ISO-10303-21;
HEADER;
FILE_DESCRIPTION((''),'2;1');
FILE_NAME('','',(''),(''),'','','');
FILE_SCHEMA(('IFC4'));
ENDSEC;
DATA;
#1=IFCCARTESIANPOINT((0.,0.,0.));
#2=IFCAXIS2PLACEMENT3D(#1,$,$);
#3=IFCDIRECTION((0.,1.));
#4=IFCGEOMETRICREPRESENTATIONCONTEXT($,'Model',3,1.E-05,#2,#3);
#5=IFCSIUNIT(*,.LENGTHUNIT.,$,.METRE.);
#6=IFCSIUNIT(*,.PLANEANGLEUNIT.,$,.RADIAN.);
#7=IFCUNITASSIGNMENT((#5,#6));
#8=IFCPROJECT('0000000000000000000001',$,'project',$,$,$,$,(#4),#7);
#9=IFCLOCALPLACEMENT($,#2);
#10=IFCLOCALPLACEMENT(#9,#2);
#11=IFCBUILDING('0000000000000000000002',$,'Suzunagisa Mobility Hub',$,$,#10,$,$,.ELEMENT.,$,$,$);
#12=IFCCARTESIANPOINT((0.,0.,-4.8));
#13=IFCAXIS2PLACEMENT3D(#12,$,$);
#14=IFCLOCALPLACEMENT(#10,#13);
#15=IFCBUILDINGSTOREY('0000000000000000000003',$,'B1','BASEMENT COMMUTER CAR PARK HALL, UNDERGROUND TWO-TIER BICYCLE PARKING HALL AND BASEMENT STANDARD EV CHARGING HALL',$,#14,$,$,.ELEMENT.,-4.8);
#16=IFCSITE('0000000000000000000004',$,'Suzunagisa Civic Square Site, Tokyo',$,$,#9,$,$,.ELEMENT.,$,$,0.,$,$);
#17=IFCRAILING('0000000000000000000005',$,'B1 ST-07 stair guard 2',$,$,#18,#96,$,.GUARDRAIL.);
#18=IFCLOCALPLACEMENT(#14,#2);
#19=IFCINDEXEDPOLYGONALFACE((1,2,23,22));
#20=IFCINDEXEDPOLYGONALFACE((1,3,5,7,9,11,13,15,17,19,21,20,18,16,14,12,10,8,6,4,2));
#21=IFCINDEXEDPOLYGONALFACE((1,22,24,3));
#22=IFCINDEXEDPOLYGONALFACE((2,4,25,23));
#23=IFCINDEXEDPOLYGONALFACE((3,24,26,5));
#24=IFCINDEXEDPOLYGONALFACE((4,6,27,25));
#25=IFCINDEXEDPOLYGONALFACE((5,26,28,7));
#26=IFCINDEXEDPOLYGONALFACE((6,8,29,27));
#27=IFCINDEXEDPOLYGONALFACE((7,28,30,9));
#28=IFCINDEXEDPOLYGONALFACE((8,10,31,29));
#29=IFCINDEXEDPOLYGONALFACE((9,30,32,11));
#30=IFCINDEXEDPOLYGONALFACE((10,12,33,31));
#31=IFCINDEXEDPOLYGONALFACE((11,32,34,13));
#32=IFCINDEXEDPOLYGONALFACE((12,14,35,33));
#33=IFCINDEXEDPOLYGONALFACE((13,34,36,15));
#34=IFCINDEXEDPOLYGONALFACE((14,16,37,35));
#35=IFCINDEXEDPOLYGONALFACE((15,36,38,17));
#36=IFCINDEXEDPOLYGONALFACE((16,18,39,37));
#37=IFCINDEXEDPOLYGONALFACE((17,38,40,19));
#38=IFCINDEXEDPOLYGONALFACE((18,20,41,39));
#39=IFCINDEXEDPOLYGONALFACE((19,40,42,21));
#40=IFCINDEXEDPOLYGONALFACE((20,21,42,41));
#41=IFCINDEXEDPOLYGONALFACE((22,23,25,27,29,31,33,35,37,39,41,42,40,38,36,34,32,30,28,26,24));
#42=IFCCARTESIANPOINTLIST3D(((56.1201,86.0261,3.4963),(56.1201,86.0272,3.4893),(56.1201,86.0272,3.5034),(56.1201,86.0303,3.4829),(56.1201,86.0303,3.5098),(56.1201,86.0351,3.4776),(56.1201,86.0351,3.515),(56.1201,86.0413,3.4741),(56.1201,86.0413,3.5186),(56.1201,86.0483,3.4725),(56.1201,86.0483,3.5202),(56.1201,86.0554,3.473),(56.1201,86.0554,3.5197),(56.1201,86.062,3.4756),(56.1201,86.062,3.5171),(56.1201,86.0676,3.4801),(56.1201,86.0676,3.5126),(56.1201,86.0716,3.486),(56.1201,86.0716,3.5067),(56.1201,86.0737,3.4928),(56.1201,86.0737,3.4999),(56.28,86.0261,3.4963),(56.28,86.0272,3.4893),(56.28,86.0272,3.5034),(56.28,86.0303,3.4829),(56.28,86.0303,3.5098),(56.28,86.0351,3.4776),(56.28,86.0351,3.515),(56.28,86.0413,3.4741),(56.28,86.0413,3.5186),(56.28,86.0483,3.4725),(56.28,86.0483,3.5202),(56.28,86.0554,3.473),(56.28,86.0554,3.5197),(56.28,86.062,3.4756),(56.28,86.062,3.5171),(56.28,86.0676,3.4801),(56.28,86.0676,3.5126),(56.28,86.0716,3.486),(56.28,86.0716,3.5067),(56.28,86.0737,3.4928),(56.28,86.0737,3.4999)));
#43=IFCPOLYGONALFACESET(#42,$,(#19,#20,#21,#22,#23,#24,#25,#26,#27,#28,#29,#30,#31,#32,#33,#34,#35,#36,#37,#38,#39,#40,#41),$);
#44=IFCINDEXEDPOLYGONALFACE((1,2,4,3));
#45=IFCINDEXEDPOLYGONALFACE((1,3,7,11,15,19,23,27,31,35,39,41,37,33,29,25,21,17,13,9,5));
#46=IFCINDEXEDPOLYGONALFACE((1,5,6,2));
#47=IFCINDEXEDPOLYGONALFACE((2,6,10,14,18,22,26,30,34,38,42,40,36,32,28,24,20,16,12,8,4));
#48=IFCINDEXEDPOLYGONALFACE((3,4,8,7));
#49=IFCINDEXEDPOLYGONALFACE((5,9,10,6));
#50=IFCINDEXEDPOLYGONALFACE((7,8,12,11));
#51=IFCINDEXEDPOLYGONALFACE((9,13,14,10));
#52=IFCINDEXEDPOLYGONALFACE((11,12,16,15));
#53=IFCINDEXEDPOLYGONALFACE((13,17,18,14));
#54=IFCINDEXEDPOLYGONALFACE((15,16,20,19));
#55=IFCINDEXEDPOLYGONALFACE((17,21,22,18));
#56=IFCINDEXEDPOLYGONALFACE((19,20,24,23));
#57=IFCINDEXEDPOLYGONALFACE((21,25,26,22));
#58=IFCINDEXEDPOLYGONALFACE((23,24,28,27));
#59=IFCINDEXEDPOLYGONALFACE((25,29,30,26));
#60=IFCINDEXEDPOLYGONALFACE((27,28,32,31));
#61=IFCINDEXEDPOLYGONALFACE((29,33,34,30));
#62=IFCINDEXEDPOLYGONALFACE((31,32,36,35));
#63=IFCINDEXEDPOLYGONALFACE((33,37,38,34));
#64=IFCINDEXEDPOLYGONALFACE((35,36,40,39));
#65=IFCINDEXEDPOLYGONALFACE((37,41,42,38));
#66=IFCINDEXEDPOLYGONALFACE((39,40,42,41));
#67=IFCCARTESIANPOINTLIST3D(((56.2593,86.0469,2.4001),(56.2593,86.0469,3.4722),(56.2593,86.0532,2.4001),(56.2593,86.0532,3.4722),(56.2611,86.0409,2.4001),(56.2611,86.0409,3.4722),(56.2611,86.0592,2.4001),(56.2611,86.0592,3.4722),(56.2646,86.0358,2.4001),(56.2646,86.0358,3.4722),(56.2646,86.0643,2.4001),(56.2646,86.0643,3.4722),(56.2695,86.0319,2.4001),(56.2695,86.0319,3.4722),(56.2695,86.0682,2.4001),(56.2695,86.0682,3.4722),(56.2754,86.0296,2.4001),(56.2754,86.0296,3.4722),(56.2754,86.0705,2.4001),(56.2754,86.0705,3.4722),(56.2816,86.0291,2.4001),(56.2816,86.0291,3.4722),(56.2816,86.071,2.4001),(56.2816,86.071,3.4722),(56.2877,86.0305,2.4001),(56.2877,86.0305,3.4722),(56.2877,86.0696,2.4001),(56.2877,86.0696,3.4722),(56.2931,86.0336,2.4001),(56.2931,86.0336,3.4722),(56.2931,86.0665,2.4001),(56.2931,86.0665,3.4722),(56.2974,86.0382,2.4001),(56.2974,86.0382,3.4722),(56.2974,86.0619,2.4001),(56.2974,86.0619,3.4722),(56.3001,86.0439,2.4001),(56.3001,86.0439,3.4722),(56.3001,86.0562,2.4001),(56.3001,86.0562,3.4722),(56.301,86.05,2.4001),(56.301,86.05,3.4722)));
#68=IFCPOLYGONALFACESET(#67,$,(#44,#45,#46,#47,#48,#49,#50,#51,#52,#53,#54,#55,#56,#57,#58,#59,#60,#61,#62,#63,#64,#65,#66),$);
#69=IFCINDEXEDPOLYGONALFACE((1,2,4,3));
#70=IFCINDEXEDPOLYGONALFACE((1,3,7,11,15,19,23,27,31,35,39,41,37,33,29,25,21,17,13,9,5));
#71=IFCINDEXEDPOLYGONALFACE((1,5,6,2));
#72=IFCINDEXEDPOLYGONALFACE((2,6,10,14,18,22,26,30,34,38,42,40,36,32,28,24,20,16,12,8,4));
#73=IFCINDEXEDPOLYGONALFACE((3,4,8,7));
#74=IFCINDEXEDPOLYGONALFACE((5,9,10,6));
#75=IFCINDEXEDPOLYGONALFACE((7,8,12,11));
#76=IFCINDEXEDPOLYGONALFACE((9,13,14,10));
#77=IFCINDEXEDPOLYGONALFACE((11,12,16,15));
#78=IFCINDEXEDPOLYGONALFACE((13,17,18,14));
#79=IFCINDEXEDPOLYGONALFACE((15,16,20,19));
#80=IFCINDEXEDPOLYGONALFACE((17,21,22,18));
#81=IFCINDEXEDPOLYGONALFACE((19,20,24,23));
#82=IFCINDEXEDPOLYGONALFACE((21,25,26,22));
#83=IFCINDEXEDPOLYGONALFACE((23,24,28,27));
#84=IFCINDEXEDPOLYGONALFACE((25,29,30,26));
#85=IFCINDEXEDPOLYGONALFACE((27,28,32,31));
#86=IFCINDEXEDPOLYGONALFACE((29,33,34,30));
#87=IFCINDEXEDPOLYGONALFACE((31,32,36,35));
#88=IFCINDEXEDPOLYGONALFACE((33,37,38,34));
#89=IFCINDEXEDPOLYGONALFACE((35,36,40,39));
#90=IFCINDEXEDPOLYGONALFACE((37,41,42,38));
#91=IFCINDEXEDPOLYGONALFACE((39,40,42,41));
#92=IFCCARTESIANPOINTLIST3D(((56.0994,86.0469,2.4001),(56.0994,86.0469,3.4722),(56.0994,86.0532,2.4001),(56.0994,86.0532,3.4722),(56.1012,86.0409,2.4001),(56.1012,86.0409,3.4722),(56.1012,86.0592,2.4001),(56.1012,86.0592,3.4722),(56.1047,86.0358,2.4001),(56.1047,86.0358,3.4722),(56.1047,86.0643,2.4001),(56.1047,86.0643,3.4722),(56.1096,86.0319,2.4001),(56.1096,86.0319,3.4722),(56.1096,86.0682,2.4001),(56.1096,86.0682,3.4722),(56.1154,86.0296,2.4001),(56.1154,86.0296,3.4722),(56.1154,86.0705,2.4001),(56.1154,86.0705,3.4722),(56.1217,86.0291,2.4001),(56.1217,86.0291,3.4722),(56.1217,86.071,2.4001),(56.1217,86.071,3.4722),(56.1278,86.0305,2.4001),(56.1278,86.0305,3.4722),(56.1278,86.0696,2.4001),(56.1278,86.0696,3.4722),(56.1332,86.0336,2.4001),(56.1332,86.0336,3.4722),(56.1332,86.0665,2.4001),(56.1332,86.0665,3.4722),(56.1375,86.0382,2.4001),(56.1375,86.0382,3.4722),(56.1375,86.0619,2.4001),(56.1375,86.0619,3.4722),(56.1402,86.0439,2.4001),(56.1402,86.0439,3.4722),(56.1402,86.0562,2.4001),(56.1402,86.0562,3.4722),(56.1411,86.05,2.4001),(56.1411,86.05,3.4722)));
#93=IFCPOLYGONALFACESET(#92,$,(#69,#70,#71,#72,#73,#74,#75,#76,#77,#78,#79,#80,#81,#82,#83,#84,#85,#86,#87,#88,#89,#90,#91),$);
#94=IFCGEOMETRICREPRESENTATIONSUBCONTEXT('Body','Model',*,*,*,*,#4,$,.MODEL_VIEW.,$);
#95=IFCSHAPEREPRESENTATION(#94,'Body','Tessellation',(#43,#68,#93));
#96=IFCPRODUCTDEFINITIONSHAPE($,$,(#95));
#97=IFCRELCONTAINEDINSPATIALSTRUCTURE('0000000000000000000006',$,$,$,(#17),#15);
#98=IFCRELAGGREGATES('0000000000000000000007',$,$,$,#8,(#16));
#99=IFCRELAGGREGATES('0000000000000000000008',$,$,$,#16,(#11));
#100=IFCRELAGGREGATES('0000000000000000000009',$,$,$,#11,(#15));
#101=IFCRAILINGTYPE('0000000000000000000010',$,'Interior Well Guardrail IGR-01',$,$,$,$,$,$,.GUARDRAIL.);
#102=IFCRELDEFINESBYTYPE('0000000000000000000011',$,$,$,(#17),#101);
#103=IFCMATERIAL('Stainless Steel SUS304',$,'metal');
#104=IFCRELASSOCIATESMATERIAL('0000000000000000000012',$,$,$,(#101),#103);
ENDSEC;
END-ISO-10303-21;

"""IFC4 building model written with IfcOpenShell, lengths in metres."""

from ifc_helpers import new_model, si_unit, direction, frame, origin, origin_2d, place, context, subcontext, project, spatial, circle, extrude, material, type_object, element, save


model = new_model("IFC4")

# Units and contexts
model_context = context("Model", 3, precision=1e-05, world=origin(), true_north=direction((0.0, 1.0)))
body_context = subcontext(model_context, "Body", "Model", "MODEL_VIEW")
ifc_project = project(units=[si_unit("LENGTHUNIT", "METRE"), si_unit("PLANEANGLEUNIT", "RADIAN")], contexts=[model_context])

# Site, building, storey
site_placement = place(None, origin())
site = spatial("IfcSite", under=ifc_project, at=site_placement, Name="Suzunagisa Civic Square Site, Tokyo", CompositionType="ELEMENT", RefElevation=0.0)
building_placement = place(site_placement, origin())
building = spatial("IfcBuilding", under=site, at=building_placement, Name="Suzunagisa Mobility Hub", CompositionType="ELEMENT")
storey_placement = place(building_placement, frame((0.0, 0.0, -4.8)))
storey = spatial("IfcBuildingStorey", under=building, at=storey_placement, Name="B1", Description="BASEMENT COMMUTER CAR PARK HALL, UNDERGROUND TWO-TIER BICYCLE PARKING HALL AND BASEMENT STANDARD EV CHARGING HALL", CompositionType="ELEMENT", Elevation=-4.8)

# Railing
ifc_material_1 = material(Name="Stainless Steel SUS304", Category="metal")
railing_type_1 = type_object("IfcRailingType", Name="Interior Well Guardrail IGR-01", PredefinedType="GUARDRAIL", material=ifc_material_1)
railing_1_placement = place(storey_placement, frame((56.28, 86.05, 2.4001)))
element("IfcRailing", 1, at=railing_1_placement, inside=storey, type_object=railing_type_1, Name="B1 ST-07 stair guard 2", PredefinedType="GUARDRAIL", context=body_context, shape_type="SweptSolid", body=[
    extrude(circle(Radius=0.0239, at=origin_2d()), frame((0.0, 0.0, 1.0962), z_axis=(-1.0, 0.0, 0.0), x_axis=(0.0, -1.0, 0.0)), (0.0, 0.0, 1.0), 0.1599),
    extrude(circle(Radius=0.021, at=origin_2d()), origin(), (0.0, 0.0, 1.0), 1.072),
    extrude(circle(Radius=0.021, at=origin_2d()), frame((-0.1599, 0.0, 0.0)), (0.0, 0.0, 1.0), 1.072),
])

save(model, "model.ifc")
